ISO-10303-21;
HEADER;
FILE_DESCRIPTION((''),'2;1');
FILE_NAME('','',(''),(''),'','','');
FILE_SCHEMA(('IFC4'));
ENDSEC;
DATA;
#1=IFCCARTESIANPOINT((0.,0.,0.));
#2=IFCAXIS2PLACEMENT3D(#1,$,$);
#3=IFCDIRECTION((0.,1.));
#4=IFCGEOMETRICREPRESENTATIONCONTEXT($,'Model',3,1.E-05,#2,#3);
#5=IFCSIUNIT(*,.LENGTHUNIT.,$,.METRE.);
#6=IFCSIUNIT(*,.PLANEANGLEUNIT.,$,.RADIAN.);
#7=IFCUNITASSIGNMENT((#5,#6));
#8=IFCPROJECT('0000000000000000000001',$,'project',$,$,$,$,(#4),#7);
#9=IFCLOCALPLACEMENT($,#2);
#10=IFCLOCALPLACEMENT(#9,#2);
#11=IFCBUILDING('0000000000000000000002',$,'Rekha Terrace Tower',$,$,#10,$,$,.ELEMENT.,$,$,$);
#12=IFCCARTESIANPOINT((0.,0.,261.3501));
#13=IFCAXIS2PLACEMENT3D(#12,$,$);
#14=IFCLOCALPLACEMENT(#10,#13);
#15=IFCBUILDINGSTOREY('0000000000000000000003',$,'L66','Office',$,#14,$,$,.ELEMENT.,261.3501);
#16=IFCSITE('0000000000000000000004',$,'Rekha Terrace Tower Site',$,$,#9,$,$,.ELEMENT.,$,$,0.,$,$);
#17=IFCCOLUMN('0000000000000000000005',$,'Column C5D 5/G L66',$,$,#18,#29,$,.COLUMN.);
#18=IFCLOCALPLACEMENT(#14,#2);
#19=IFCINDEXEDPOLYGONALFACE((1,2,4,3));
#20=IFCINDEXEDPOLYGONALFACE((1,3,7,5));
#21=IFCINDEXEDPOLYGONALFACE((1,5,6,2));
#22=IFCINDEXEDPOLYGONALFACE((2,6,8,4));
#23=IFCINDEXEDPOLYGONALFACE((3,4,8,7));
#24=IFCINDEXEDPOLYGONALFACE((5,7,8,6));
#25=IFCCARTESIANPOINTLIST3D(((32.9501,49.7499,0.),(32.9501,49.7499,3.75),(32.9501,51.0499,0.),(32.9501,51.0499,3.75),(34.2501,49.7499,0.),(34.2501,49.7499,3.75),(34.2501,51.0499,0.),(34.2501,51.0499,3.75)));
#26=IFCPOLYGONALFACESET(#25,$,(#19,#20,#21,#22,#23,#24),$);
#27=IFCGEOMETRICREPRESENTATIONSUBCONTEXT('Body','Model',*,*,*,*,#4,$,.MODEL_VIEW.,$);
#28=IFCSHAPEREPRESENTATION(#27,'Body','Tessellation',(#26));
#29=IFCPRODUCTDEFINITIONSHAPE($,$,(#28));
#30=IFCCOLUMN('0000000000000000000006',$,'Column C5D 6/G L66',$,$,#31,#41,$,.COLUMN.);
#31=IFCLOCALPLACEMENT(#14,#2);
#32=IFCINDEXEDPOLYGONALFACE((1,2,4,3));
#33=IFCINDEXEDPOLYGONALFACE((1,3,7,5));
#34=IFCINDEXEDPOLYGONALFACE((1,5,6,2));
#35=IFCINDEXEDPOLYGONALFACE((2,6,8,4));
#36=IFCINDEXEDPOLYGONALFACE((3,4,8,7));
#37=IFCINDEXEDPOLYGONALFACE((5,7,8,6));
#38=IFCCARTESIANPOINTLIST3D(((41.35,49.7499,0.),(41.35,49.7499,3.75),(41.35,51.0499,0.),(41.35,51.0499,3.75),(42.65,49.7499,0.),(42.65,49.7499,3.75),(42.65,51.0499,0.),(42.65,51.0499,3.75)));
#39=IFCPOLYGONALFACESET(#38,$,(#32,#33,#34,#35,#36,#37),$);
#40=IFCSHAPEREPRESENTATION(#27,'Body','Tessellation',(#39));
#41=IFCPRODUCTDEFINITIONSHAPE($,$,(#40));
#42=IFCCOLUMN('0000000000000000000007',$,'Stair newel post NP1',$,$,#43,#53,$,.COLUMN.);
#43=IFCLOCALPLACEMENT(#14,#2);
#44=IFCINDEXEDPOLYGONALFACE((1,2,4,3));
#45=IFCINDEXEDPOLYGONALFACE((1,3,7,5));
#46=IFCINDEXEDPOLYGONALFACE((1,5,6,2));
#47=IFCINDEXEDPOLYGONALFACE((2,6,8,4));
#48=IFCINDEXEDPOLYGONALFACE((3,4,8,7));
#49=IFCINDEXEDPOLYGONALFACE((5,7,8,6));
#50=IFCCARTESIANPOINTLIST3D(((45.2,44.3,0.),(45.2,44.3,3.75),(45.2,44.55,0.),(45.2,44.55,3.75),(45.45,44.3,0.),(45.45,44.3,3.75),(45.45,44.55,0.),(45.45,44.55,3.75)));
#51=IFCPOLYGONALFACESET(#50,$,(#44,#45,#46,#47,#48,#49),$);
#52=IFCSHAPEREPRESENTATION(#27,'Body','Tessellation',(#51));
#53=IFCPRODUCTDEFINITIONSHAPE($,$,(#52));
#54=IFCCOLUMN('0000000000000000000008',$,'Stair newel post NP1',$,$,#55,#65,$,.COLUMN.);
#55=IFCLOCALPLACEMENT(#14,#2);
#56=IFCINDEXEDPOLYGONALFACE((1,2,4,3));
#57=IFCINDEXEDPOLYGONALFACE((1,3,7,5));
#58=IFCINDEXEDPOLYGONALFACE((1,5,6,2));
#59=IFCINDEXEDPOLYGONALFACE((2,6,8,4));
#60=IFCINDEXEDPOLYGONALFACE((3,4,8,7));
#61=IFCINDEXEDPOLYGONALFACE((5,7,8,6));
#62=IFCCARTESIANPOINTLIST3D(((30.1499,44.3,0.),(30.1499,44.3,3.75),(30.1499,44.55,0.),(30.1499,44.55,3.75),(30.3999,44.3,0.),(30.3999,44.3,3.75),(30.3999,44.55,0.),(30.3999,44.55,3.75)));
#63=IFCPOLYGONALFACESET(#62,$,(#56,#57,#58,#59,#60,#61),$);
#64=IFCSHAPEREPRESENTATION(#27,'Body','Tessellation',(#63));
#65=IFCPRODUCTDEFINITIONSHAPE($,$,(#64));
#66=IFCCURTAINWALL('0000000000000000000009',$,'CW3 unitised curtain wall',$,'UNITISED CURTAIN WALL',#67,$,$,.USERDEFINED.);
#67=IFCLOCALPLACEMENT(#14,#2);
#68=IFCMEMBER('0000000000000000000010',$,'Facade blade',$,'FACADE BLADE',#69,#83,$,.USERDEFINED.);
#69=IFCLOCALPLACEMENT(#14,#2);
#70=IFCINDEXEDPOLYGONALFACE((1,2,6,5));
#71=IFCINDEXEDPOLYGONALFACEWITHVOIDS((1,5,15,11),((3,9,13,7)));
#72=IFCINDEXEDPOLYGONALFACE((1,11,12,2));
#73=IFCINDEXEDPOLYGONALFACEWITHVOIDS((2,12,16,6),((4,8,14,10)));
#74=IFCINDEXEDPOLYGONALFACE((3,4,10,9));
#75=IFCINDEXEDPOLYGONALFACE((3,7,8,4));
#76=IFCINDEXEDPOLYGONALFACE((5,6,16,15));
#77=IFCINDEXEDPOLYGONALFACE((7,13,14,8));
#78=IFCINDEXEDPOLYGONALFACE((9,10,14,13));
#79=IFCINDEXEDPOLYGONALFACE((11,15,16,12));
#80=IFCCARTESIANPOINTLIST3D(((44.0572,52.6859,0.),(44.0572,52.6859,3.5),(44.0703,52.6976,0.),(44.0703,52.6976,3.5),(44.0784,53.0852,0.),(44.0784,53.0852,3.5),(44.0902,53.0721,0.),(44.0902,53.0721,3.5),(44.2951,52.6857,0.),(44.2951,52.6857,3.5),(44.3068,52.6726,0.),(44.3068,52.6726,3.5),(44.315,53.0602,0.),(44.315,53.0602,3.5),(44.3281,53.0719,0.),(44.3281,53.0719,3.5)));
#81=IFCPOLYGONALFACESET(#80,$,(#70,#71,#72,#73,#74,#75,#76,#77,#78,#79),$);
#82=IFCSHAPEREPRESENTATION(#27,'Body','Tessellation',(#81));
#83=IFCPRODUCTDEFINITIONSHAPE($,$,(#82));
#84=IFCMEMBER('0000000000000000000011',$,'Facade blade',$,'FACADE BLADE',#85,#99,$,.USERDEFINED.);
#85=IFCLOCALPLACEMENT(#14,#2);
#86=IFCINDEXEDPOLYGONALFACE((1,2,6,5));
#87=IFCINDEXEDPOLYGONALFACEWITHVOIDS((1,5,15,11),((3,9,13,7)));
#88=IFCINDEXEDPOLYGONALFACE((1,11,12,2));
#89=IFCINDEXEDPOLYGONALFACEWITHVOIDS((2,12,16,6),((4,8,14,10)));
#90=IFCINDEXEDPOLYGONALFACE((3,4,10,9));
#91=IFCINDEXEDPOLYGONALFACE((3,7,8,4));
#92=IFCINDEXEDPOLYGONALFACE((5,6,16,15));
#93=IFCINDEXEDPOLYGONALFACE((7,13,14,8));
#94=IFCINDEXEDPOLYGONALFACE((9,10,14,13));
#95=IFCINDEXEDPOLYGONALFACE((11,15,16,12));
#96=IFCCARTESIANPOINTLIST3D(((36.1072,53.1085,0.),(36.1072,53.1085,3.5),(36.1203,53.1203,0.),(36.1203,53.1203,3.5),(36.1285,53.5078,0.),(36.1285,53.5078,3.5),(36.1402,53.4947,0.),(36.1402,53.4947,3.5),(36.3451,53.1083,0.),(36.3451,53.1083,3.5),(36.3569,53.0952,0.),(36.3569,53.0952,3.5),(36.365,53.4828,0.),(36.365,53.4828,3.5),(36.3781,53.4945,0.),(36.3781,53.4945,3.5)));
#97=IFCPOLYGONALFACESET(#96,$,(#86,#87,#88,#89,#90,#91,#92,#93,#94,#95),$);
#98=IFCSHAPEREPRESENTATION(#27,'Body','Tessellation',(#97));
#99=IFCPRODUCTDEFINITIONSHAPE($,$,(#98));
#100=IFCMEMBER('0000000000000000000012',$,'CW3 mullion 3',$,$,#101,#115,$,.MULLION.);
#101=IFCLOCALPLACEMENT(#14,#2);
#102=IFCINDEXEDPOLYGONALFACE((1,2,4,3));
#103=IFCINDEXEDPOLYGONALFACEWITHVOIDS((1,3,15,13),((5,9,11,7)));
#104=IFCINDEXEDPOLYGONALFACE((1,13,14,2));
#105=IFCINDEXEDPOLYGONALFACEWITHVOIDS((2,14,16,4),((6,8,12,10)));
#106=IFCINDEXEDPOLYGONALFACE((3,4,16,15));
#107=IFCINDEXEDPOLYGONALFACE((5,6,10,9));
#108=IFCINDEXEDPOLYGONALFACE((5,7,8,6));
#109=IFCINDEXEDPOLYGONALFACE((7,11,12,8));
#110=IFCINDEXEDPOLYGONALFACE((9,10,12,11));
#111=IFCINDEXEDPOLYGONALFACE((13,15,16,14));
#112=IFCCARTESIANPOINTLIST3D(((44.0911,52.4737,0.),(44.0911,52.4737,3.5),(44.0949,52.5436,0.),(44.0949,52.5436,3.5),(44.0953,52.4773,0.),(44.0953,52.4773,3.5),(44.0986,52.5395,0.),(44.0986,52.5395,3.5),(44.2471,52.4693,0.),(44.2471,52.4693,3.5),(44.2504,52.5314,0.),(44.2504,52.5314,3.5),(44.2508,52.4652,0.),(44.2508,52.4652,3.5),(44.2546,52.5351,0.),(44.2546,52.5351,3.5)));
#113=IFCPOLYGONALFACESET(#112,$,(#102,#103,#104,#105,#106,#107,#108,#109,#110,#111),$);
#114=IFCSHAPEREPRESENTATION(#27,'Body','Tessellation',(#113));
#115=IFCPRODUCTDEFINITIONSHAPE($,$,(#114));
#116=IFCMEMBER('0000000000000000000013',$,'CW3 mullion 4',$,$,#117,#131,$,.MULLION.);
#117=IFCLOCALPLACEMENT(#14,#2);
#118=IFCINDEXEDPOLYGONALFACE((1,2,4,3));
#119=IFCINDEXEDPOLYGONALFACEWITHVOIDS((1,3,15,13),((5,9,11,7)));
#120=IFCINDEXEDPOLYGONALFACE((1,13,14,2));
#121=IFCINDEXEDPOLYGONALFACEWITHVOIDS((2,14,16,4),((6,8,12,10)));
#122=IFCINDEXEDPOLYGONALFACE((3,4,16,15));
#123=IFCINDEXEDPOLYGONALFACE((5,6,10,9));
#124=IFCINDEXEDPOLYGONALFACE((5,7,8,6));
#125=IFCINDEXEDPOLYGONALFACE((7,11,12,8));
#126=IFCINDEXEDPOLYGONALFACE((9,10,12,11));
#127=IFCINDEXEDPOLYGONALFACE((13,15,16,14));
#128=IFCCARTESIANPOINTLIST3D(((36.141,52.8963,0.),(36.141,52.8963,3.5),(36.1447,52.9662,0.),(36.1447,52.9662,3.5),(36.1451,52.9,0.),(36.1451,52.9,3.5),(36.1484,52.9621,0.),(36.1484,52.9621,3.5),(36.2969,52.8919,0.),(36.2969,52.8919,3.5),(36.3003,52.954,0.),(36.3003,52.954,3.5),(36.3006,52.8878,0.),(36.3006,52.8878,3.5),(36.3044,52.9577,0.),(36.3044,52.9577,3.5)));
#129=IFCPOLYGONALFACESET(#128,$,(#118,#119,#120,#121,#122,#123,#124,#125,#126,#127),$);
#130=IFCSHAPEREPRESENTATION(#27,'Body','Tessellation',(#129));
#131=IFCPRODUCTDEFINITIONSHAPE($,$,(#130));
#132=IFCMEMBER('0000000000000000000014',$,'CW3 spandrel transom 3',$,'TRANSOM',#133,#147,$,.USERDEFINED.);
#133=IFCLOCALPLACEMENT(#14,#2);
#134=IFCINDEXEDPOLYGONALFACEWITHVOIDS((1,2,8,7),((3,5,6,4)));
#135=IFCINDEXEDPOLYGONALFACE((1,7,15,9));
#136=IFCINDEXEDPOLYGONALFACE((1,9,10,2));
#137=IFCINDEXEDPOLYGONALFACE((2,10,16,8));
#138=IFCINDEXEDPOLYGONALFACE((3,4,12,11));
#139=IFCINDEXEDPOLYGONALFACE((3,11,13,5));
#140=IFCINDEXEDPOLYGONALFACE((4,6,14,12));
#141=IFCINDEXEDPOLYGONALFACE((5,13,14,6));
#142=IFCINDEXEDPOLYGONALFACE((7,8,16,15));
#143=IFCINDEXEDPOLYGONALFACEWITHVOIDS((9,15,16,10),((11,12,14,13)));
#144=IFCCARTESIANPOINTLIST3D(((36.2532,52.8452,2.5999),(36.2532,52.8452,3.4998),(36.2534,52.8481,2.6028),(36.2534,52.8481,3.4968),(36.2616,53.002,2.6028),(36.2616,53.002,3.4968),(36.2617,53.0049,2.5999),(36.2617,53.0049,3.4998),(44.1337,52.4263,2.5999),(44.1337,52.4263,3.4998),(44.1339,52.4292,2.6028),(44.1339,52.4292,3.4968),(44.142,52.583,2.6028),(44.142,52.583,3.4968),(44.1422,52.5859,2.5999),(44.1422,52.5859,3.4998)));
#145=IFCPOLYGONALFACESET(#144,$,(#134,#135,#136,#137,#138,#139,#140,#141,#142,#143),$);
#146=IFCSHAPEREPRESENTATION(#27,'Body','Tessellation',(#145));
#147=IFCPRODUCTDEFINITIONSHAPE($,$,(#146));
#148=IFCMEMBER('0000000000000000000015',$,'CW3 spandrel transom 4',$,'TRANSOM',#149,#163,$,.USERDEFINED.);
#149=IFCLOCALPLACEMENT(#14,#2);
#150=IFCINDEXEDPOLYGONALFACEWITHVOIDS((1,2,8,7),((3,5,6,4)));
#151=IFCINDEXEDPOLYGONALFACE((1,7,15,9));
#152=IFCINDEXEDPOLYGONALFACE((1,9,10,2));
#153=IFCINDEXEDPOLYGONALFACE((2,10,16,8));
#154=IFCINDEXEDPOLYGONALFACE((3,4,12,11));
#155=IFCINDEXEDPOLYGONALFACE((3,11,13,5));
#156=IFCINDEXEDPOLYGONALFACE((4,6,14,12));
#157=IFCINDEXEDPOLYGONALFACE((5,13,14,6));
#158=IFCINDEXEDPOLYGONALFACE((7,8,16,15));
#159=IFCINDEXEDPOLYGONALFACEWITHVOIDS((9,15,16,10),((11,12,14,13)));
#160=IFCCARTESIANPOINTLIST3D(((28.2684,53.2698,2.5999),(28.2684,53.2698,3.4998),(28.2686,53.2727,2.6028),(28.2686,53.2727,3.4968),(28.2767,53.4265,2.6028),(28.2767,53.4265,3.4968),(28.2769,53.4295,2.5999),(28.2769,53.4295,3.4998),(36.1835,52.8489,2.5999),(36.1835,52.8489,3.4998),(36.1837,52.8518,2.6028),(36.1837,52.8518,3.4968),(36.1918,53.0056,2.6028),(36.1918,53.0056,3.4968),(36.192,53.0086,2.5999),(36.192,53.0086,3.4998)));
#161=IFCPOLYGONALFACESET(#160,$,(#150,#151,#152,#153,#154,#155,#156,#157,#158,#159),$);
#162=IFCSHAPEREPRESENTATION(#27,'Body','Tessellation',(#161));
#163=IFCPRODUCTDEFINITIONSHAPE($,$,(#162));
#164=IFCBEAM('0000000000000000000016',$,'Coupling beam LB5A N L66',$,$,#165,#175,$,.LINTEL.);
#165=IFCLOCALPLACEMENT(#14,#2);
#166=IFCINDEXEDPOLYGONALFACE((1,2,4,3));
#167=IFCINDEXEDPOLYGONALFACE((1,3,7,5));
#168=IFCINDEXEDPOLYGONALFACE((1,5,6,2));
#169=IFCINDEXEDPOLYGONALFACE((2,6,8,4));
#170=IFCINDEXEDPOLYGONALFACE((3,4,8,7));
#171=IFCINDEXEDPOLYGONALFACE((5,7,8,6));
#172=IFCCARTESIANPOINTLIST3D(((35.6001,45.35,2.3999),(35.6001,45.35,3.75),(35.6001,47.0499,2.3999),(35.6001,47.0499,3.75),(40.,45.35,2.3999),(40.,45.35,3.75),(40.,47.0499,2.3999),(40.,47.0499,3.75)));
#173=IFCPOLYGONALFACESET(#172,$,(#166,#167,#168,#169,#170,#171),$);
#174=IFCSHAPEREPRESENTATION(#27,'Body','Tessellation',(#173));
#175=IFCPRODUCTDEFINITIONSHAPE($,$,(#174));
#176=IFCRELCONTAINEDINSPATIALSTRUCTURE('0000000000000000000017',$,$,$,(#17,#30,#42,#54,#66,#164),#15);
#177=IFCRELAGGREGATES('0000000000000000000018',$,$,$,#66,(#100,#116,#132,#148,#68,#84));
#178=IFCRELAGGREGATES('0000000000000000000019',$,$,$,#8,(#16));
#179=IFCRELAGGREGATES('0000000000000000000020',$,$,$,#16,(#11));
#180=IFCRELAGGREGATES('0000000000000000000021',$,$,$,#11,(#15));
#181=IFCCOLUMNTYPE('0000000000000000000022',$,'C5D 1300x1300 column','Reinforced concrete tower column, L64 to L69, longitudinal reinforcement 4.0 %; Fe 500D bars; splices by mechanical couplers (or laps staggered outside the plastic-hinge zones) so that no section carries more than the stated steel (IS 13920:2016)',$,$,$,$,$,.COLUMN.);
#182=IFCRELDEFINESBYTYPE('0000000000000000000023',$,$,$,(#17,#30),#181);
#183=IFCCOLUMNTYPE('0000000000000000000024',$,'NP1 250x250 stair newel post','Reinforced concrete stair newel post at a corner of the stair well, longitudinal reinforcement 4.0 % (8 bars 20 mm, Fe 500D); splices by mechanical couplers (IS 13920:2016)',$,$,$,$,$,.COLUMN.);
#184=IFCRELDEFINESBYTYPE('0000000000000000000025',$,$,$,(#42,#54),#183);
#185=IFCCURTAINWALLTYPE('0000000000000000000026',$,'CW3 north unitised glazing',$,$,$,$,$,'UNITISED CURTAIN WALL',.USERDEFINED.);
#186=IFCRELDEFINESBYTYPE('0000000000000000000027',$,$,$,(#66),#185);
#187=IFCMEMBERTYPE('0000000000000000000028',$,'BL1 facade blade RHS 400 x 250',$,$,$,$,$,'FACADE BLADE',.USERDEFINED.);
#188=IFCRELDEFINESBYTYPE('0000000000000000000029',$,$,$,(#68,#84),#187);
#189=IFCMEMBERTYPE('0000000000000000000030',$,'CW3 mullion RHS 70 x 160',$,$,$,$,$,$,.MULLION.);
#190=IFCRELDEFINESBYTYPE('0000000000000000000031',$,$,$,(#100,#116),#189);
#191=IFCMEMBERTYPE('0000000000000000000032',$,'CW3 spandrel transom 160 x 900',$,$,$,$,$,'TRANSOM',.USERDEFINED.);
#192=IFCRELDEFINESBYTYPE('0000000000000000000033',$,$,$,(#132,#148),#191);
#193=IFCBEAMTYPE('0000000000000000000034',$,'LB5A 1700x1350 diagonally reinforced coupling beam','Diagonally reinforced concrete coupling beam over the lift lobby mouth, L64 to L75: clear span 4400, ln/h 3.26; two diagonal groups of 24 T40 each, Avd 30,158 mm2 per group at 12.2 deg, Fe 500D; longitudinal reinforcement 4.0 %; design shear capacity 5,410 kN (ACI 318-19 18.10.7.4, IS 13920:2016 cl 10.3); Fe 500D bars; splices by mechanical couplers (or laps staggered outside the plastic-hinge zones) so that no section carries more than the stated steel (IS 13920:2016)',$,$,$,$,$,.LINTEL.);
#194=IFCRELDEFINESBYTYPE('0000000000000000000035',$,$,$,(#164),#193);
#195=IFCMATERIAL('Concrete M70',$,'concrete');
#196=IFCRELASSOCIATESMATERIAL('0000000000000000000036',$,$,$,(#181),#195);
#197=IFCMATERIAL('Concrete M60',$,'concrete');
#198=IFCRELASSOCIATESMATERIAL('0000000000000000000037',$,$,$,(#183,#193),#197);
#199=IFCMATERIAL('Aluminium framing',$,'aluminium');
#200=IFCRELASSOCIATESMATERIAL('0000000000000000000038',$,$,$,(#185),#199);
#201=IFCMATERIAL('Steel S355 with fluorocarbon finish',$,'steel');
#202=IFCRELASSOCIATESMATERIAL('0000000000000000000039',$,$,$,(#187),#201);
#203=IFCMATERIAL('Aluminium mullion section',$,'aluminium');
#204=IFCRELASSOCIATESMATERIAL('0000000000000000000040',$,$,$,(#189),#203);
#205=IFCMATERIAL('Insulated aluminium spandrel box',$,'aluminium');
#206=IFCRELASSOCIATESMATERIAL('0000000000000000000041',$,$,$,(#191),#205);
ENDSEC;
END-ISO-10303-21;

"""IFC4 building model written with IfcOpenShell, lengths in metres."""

from ifc_helpers import new_model, si_unit, direction, frame, origin, origin_2d, place, context, subcontext, project, spatial, rectangle, hollow_rectangle, extrude, material, material_profile, profile_set, type_object, element, aggregate, save


model = new_model("IFC4")

# Units and contexts
model_context = context("Model", 3, precision=1e-05, world=origin(), true_north=direction((0.0, 1.0)))
body_context = subcontext(model_context, "Body", "Model", "MODEL_VIEW")
ifc_project = project(units=[si_unit("LENGTHUNIT", "METRE"), si_unit("PLANEANGLEUNIT", "RADIAN")], contexts=[model_context])

# Site, building, storey
site_placement = place(None, origin())
site = spatial("IfcSite", under=ifc_project, at=site_placement, Name="Rekha Terrace Tower Site", CompositionType="ELEMENT", RefElevation=0.0)
building_placement = place(site_placement, origin())
building = spatial("IfcBuilding", under=site, at=building_placement, Name="Rekha Terrace Tower", CompositionType="ELEMENT")
storey_placement = place(building_placement, frame((0.0, 0.0, 261.3501)))
storey = spatial("IfcBuildingStorey", under=building, at=storey_placement, Name="L66", Description="Office", CompositionType="ELEMENT", Elevation=261.3501)

# Columns
ifc_material_1 = material(Name="Concrete M70", Category="concrete")
ifc_material_profile_1 = material_profile(ifc_material_1, rectangle(XDim=1.3, YDim=1.3, at=origin_2d()), Name="RC 1300x1300")
ifc_profile_set_1 = profile_set([ifc_material_profile_1], Name="Concrete M70")
column_type_1 = type_object("IfcColumnType", Name="C5D 1300x1300 column", Description="Reinforced concrete tower column, L64 to L69, longitudinal reinforcement 4.0 %; Fe 500D bars; splices by mechanical couplers (or laps staggered outside the plastic-hinge zones) so that no section carries more than the stated steel (IS 13920:2016)", PredefinedType="COLUMN", material=ifc_profile_set_1)
for number, where, z_axis, x_axis, name in (
    (1, (33.6001, 50.3999, 0.0), (0.0, 0.0, 1.0), (1.0, 0.0, 0.0), "Column C5D 5/G L66"),
    (2, (42.0, 50.3999, 0.0), (0.0, 0.0, 1.0), (1.0, 0.0, 0.0), "Column C5D 6/G L66"),
):
    element("IfcColumn", number, at=place(storey_placement, frame(where, z_axis=z_axis, x_axis=x_axis)), inside=storey, type_object=column_type_1, Name=name, PredefinedType="COLUMN", context=body_context, shape_type="SweptSolid", body=[
        extrude(rectangle(XDim=1.3, YDim=1.3, at=origin_2d()), origin(), (0.0, 0.0, 1.0), 3.75),
    ])
ifc_material_2 = material(Name="Concrete M60", Category="concrete")
ifc_material_profile_2 = material_profile(ifc_material_2, rectangle(XDim=0.25, YDim=0.25, at=origin_2d()), Name="RC 250x250")
ifc_profile_set_2 = profile_set([ifc_material_profile_2], Name="Concrete M60")
column_type_2 = type_object("IfcColumnType", Name="NP1 250x250 stair newel post", Description="Reinforced concrete stair newel post at a corner of the stair well, longitudinal reinforcement 4.0 % (8 bars 20 mm, Fe 500D); splices by mechanical couplers (IS 13920:2016)", PredefinedType="COLUMN", material=ifc_profile_set_2)
for number, where, z_axis, x_axis, name in (
    (3, (45.325, 44.425, 0.0), (0.0, 0.0, 1.0), (1.0, 0.0, 0.0), "Stair newel post NP1"),
    (4, (30.2749, 44.425, 0.0), (0.0, 0.0, 1.0), (1.0, 0.0, 0.0), "Stair newel post NP1"),
):
    element("IfcColumn", number, at=place(storey_placement, frame(where, z_axis=z_axis, x_axis=x_axis)), inside=storey, type_object=column_type_2, Name=name, PredefinedType="COLUMN", context=body_context, shape_type="SweptSolid", body=[
        extrude(rectangle(XDim=0.25, YDim=0.25, at=origin_2d()), origin(), (0.0, 0.0, 1.0), 3.75),
    ])

# Curtain wall, members
ifc_material_3 = material(Name="Aluminium framing", Category="aluminium")
curtain_wall_type = type_object("IfcCurtainWallType", Name="CW3 north unitised glazing", ElementType="UNITISED CURTAIN WALL", PredefinedType="USERDEFINED", material=ifc_material_3)
curtain_wall_placement = place(storey_placement, origin())
curtain_wall = element("IfcCurtainWall", 5, at=curtain_wall_placement, inside=storey, type_object=curtain_wall_type, Name="CW3 unitised curtain wall", ObjectType="UNITISED CURTAIN WALL", PredefinedType="USERDEFINED")
ifc_material_4 = material(Name="Steel S355 with fluorocarbon finish", Category="steel")
ifc_material_profile_3 = material_profile(ifc_material_4, hollow_rectangle(XDim=0.25, YDim=0.3999, WallThickness=0.0125, at=origin_2d()), Name="RHS400x250x12.5")
ifc_profile_set_3 = profile_set([ifc_material_profile_3], Name="Steel S355 with fluorocarbon finish")
member_type_1 = type_object("IfcMemberType", Name="BL1 facade blade RHS 400 x 250", ElementType="FACADE BLADE", PredefinedType="USERDEFINED", material=ifc_profile_set_3)
member_1_placement = place(storey_placement, frame((44.1926, 52.8789, 0.0), z_axis=(0.0, 0.0, 1.0), x_axis=(-0.99859, 0.053084, 0.0)))
member_1 = element("IfcMember", 6, at=member_1_placement, type_object=member_type_1, Name="Facade blade", ObjectType="FACADE BLADE", PredefinedType="USERDEFINED", context=body_context, shape_type="SweptSolid", body=[
    extrude(hollow_rectangle(XDim=0.25, YDim=0.3999, WallThickness=0.0125, at=origin_2d()), origin(), (0.0, 0.0, 1.0), 3.5),
])
member_2_placement = place(storey_placement, frame((36.2427, 53.3015, 0.0), z_axis=(0.0, 0.0, 1.0), x_axis=(-0.99859, 0.053084, 0.0)))
member_2 = element("IfcMember", 7, at=member_2_placement, type_object=member_type_1, Name="Facade blade", ObjectType="FACADE BLADE", PredefinedType="USERDEFINED", context=body_context, shape_type="SweptSolid", body=[
    extrude(hollow_rectangle(XDim=0.25, YDim=0.3999, WallThickness=0.0125, at=origin_2d()), origin(), (0.0, 0.0, 1.0), 3.5),
])
ifc_material_5 = material(Name="Aluminium mullion section", Category="aluminium")
ifc_material_profile_4 = material_profile(ifc_material_5, hollow_rectangle(XDim=0.0701, YDim=0.1599, WallThickness=0.0039, at=origin_2d()), Name="AL RHS 70x160")
ifc_profile_set_4 = profile_set([ifc_material_profile_4], Name="Aluminium mullion section")
member_type_2 = type_object("IfcMemberType", Name="CW3 mullion RHS 70 x 160", PredefinedType="MULLION", material=ifc_profile_set_4)
member_3_placement = place(storey_placement, frame((44.1729, 52.5044, 0.0), z_axis=(0.0, 0.0, 1.0), x_axis=(-0.053083, -0.99859, 0.0)))
member_3 = element("IfcMember", 8, at=member_3_placement, type_object=member_type_2, Name="CW3 mullion 3", PredefinedType="MULLION", context=body_context, shape_type="SweptSolid", body=[
    extrude(hollow_rectangle(XDim=0.0701, YDim=0.1599, WallThickness=0.0039, at=origin_2d()), origin(), (0.0, 0.0, 1.0), 3.5),
])
member_4_placement = place(storey_placement, frame((36.2227, 52.927, 0.0), z_axis=(0.0, 0.0, 1.0), x_axis=(-0.053083, -0.99859, 0.0)))
member_4 = element("IfcMember", 9, at=member_4_placement, type_object=member_type_2, Name="CW3 mullion 4", PredefinedType="MULLION", context=body_context, shape_type="SweptSolid", body=[
    extrude(hollow_rectangle(XDim=0.0701, YDim=0.1599, WallThickness=0.0039, at=origin_2d()), origin(), (0.0, 0.0, 1.0), 3.5),
])
ifc_material_6 = material(Name="Insulated aluminium spandrel box", Category="aluminium")
ifc_material_profile_5 = material_profile(ifc_material_6, hollow_rectangle(XDim=0.1599, YDim=0.8999, WallThickness=0.0029, at=origin_2d()), Name="AL SPANDREL BOX 160x900")
ifc_profile_set_5 = profile_set([ifc_material_profile_5], Name="Insulated aluminium spandrel box")
member_type_3 = type_object("IfcMemberType", Name="CW3 spandrel transom 160 x 900", ElementType="TRANSOM", PredefinedType="USERDEFINED", material=ifc_profile_set_5)
member_5_placement = place(storey_placement, frame((44.1379, 52.5061, 3.0498), z_axis=(-0.99859, 0.053088, 0.0), x_axis=(-0.053088, -0.99859, 0.0)))
member_5 = element("IfcMember", 10, at=member_5_placement, type_object=member_type_3, Name="CW3 spandrel transom 3", ObjectType="TRANSOM", PredefinedType="USERDEFINED", context=body_context, shape_type="SweptSolid", body=[
    extrude(hollow_rectangle(XDim=0.1599, YDim=0.8999, WallThickness=0.0029, at=origin_2d()), origin(), (0.0, 0.0, 1.0), 7.8916),
])
member_6_placement = place(storey_placement, frame((36.1877, 52.9287, 3.0498), z_axis=(-0.998589, 0.053102, 0.0), x_axis=(-0.053102, -0.998589, 0.0)))
member_6 = element("IfcMember", 11, at=member_6_placement, type_object=member_type_3, Name="CW3 spandrel transom 4", ObjectType="TRANSOM", PredefinedType="USERDEFINED", context=body_context, shape_type="SweptSolid", body=[
    extrude(hollow_rectangle(XDim=0.1599, YDim=0.8999, WallThickness=0.0029, at=origin_2d()), origin(), (0.0, 0.0, 1.0), 7.9263),
])

# Beam
ifc_material_profile_6 = material_profile(ifc_material_2, rectangle(XDim=1.7, YDim=1.3501, at=origin_2d()), Name="RC 1700x1350")
ifc_profile_set_6 = profile_set([ifc_material_profile_6], Name="Concrete M60")
beam_type = type_object("IfcBeamType", Name="LB5A 1700x1350 diagonally reinforced coupling beam", Description="Diagonally reinforced concrete coupling beam over the lift lobby mouth, L64 to L75: clear span 4400, ln/h 3.26; two diagonal groups of 24 T40 each, Avd 30,158 mm2 per group at 12.2 deg, Fe 500D; longitudinal reinforcement 4.0 %; design shear capacity 5,410 kN (ACI 318-19 18.10.7.4, IS 13920:2016 cl 10.3); Fe 500D bars; splices by mechanical couplers (or laps staggered outside the plastic-hinge zones) so that no section carries more than the stated steel (IS 13920:2016)", PredefinedType="LINTEL", material=ifc_profile_set_6)
beam_placement = place(storey_placement, frame((35.6001, 46.2, 3.075), z_axis=(1.0, 0.0, 0.0), x_axis=(0.0, 1.0, 0.0)))
element("IfcBeam", 12, at=beam_placement, inside=storey, type_object=beam_type, Name="Coupling beam LB5A N L66", PredefinedType="LINTEL", context=body_context, shape_type="SweptSolid", body=[
    extrude(rectangle(XDim=1.7, YDim=1.3501, at=origin_2d()), origin(), (0.0, 0.0, 1.0), 4.3999),
])

aggregate(curtain_wall, [member_3, member_4, member_5, member_6, member_1, member_2])

save(model, "model.ifc")
